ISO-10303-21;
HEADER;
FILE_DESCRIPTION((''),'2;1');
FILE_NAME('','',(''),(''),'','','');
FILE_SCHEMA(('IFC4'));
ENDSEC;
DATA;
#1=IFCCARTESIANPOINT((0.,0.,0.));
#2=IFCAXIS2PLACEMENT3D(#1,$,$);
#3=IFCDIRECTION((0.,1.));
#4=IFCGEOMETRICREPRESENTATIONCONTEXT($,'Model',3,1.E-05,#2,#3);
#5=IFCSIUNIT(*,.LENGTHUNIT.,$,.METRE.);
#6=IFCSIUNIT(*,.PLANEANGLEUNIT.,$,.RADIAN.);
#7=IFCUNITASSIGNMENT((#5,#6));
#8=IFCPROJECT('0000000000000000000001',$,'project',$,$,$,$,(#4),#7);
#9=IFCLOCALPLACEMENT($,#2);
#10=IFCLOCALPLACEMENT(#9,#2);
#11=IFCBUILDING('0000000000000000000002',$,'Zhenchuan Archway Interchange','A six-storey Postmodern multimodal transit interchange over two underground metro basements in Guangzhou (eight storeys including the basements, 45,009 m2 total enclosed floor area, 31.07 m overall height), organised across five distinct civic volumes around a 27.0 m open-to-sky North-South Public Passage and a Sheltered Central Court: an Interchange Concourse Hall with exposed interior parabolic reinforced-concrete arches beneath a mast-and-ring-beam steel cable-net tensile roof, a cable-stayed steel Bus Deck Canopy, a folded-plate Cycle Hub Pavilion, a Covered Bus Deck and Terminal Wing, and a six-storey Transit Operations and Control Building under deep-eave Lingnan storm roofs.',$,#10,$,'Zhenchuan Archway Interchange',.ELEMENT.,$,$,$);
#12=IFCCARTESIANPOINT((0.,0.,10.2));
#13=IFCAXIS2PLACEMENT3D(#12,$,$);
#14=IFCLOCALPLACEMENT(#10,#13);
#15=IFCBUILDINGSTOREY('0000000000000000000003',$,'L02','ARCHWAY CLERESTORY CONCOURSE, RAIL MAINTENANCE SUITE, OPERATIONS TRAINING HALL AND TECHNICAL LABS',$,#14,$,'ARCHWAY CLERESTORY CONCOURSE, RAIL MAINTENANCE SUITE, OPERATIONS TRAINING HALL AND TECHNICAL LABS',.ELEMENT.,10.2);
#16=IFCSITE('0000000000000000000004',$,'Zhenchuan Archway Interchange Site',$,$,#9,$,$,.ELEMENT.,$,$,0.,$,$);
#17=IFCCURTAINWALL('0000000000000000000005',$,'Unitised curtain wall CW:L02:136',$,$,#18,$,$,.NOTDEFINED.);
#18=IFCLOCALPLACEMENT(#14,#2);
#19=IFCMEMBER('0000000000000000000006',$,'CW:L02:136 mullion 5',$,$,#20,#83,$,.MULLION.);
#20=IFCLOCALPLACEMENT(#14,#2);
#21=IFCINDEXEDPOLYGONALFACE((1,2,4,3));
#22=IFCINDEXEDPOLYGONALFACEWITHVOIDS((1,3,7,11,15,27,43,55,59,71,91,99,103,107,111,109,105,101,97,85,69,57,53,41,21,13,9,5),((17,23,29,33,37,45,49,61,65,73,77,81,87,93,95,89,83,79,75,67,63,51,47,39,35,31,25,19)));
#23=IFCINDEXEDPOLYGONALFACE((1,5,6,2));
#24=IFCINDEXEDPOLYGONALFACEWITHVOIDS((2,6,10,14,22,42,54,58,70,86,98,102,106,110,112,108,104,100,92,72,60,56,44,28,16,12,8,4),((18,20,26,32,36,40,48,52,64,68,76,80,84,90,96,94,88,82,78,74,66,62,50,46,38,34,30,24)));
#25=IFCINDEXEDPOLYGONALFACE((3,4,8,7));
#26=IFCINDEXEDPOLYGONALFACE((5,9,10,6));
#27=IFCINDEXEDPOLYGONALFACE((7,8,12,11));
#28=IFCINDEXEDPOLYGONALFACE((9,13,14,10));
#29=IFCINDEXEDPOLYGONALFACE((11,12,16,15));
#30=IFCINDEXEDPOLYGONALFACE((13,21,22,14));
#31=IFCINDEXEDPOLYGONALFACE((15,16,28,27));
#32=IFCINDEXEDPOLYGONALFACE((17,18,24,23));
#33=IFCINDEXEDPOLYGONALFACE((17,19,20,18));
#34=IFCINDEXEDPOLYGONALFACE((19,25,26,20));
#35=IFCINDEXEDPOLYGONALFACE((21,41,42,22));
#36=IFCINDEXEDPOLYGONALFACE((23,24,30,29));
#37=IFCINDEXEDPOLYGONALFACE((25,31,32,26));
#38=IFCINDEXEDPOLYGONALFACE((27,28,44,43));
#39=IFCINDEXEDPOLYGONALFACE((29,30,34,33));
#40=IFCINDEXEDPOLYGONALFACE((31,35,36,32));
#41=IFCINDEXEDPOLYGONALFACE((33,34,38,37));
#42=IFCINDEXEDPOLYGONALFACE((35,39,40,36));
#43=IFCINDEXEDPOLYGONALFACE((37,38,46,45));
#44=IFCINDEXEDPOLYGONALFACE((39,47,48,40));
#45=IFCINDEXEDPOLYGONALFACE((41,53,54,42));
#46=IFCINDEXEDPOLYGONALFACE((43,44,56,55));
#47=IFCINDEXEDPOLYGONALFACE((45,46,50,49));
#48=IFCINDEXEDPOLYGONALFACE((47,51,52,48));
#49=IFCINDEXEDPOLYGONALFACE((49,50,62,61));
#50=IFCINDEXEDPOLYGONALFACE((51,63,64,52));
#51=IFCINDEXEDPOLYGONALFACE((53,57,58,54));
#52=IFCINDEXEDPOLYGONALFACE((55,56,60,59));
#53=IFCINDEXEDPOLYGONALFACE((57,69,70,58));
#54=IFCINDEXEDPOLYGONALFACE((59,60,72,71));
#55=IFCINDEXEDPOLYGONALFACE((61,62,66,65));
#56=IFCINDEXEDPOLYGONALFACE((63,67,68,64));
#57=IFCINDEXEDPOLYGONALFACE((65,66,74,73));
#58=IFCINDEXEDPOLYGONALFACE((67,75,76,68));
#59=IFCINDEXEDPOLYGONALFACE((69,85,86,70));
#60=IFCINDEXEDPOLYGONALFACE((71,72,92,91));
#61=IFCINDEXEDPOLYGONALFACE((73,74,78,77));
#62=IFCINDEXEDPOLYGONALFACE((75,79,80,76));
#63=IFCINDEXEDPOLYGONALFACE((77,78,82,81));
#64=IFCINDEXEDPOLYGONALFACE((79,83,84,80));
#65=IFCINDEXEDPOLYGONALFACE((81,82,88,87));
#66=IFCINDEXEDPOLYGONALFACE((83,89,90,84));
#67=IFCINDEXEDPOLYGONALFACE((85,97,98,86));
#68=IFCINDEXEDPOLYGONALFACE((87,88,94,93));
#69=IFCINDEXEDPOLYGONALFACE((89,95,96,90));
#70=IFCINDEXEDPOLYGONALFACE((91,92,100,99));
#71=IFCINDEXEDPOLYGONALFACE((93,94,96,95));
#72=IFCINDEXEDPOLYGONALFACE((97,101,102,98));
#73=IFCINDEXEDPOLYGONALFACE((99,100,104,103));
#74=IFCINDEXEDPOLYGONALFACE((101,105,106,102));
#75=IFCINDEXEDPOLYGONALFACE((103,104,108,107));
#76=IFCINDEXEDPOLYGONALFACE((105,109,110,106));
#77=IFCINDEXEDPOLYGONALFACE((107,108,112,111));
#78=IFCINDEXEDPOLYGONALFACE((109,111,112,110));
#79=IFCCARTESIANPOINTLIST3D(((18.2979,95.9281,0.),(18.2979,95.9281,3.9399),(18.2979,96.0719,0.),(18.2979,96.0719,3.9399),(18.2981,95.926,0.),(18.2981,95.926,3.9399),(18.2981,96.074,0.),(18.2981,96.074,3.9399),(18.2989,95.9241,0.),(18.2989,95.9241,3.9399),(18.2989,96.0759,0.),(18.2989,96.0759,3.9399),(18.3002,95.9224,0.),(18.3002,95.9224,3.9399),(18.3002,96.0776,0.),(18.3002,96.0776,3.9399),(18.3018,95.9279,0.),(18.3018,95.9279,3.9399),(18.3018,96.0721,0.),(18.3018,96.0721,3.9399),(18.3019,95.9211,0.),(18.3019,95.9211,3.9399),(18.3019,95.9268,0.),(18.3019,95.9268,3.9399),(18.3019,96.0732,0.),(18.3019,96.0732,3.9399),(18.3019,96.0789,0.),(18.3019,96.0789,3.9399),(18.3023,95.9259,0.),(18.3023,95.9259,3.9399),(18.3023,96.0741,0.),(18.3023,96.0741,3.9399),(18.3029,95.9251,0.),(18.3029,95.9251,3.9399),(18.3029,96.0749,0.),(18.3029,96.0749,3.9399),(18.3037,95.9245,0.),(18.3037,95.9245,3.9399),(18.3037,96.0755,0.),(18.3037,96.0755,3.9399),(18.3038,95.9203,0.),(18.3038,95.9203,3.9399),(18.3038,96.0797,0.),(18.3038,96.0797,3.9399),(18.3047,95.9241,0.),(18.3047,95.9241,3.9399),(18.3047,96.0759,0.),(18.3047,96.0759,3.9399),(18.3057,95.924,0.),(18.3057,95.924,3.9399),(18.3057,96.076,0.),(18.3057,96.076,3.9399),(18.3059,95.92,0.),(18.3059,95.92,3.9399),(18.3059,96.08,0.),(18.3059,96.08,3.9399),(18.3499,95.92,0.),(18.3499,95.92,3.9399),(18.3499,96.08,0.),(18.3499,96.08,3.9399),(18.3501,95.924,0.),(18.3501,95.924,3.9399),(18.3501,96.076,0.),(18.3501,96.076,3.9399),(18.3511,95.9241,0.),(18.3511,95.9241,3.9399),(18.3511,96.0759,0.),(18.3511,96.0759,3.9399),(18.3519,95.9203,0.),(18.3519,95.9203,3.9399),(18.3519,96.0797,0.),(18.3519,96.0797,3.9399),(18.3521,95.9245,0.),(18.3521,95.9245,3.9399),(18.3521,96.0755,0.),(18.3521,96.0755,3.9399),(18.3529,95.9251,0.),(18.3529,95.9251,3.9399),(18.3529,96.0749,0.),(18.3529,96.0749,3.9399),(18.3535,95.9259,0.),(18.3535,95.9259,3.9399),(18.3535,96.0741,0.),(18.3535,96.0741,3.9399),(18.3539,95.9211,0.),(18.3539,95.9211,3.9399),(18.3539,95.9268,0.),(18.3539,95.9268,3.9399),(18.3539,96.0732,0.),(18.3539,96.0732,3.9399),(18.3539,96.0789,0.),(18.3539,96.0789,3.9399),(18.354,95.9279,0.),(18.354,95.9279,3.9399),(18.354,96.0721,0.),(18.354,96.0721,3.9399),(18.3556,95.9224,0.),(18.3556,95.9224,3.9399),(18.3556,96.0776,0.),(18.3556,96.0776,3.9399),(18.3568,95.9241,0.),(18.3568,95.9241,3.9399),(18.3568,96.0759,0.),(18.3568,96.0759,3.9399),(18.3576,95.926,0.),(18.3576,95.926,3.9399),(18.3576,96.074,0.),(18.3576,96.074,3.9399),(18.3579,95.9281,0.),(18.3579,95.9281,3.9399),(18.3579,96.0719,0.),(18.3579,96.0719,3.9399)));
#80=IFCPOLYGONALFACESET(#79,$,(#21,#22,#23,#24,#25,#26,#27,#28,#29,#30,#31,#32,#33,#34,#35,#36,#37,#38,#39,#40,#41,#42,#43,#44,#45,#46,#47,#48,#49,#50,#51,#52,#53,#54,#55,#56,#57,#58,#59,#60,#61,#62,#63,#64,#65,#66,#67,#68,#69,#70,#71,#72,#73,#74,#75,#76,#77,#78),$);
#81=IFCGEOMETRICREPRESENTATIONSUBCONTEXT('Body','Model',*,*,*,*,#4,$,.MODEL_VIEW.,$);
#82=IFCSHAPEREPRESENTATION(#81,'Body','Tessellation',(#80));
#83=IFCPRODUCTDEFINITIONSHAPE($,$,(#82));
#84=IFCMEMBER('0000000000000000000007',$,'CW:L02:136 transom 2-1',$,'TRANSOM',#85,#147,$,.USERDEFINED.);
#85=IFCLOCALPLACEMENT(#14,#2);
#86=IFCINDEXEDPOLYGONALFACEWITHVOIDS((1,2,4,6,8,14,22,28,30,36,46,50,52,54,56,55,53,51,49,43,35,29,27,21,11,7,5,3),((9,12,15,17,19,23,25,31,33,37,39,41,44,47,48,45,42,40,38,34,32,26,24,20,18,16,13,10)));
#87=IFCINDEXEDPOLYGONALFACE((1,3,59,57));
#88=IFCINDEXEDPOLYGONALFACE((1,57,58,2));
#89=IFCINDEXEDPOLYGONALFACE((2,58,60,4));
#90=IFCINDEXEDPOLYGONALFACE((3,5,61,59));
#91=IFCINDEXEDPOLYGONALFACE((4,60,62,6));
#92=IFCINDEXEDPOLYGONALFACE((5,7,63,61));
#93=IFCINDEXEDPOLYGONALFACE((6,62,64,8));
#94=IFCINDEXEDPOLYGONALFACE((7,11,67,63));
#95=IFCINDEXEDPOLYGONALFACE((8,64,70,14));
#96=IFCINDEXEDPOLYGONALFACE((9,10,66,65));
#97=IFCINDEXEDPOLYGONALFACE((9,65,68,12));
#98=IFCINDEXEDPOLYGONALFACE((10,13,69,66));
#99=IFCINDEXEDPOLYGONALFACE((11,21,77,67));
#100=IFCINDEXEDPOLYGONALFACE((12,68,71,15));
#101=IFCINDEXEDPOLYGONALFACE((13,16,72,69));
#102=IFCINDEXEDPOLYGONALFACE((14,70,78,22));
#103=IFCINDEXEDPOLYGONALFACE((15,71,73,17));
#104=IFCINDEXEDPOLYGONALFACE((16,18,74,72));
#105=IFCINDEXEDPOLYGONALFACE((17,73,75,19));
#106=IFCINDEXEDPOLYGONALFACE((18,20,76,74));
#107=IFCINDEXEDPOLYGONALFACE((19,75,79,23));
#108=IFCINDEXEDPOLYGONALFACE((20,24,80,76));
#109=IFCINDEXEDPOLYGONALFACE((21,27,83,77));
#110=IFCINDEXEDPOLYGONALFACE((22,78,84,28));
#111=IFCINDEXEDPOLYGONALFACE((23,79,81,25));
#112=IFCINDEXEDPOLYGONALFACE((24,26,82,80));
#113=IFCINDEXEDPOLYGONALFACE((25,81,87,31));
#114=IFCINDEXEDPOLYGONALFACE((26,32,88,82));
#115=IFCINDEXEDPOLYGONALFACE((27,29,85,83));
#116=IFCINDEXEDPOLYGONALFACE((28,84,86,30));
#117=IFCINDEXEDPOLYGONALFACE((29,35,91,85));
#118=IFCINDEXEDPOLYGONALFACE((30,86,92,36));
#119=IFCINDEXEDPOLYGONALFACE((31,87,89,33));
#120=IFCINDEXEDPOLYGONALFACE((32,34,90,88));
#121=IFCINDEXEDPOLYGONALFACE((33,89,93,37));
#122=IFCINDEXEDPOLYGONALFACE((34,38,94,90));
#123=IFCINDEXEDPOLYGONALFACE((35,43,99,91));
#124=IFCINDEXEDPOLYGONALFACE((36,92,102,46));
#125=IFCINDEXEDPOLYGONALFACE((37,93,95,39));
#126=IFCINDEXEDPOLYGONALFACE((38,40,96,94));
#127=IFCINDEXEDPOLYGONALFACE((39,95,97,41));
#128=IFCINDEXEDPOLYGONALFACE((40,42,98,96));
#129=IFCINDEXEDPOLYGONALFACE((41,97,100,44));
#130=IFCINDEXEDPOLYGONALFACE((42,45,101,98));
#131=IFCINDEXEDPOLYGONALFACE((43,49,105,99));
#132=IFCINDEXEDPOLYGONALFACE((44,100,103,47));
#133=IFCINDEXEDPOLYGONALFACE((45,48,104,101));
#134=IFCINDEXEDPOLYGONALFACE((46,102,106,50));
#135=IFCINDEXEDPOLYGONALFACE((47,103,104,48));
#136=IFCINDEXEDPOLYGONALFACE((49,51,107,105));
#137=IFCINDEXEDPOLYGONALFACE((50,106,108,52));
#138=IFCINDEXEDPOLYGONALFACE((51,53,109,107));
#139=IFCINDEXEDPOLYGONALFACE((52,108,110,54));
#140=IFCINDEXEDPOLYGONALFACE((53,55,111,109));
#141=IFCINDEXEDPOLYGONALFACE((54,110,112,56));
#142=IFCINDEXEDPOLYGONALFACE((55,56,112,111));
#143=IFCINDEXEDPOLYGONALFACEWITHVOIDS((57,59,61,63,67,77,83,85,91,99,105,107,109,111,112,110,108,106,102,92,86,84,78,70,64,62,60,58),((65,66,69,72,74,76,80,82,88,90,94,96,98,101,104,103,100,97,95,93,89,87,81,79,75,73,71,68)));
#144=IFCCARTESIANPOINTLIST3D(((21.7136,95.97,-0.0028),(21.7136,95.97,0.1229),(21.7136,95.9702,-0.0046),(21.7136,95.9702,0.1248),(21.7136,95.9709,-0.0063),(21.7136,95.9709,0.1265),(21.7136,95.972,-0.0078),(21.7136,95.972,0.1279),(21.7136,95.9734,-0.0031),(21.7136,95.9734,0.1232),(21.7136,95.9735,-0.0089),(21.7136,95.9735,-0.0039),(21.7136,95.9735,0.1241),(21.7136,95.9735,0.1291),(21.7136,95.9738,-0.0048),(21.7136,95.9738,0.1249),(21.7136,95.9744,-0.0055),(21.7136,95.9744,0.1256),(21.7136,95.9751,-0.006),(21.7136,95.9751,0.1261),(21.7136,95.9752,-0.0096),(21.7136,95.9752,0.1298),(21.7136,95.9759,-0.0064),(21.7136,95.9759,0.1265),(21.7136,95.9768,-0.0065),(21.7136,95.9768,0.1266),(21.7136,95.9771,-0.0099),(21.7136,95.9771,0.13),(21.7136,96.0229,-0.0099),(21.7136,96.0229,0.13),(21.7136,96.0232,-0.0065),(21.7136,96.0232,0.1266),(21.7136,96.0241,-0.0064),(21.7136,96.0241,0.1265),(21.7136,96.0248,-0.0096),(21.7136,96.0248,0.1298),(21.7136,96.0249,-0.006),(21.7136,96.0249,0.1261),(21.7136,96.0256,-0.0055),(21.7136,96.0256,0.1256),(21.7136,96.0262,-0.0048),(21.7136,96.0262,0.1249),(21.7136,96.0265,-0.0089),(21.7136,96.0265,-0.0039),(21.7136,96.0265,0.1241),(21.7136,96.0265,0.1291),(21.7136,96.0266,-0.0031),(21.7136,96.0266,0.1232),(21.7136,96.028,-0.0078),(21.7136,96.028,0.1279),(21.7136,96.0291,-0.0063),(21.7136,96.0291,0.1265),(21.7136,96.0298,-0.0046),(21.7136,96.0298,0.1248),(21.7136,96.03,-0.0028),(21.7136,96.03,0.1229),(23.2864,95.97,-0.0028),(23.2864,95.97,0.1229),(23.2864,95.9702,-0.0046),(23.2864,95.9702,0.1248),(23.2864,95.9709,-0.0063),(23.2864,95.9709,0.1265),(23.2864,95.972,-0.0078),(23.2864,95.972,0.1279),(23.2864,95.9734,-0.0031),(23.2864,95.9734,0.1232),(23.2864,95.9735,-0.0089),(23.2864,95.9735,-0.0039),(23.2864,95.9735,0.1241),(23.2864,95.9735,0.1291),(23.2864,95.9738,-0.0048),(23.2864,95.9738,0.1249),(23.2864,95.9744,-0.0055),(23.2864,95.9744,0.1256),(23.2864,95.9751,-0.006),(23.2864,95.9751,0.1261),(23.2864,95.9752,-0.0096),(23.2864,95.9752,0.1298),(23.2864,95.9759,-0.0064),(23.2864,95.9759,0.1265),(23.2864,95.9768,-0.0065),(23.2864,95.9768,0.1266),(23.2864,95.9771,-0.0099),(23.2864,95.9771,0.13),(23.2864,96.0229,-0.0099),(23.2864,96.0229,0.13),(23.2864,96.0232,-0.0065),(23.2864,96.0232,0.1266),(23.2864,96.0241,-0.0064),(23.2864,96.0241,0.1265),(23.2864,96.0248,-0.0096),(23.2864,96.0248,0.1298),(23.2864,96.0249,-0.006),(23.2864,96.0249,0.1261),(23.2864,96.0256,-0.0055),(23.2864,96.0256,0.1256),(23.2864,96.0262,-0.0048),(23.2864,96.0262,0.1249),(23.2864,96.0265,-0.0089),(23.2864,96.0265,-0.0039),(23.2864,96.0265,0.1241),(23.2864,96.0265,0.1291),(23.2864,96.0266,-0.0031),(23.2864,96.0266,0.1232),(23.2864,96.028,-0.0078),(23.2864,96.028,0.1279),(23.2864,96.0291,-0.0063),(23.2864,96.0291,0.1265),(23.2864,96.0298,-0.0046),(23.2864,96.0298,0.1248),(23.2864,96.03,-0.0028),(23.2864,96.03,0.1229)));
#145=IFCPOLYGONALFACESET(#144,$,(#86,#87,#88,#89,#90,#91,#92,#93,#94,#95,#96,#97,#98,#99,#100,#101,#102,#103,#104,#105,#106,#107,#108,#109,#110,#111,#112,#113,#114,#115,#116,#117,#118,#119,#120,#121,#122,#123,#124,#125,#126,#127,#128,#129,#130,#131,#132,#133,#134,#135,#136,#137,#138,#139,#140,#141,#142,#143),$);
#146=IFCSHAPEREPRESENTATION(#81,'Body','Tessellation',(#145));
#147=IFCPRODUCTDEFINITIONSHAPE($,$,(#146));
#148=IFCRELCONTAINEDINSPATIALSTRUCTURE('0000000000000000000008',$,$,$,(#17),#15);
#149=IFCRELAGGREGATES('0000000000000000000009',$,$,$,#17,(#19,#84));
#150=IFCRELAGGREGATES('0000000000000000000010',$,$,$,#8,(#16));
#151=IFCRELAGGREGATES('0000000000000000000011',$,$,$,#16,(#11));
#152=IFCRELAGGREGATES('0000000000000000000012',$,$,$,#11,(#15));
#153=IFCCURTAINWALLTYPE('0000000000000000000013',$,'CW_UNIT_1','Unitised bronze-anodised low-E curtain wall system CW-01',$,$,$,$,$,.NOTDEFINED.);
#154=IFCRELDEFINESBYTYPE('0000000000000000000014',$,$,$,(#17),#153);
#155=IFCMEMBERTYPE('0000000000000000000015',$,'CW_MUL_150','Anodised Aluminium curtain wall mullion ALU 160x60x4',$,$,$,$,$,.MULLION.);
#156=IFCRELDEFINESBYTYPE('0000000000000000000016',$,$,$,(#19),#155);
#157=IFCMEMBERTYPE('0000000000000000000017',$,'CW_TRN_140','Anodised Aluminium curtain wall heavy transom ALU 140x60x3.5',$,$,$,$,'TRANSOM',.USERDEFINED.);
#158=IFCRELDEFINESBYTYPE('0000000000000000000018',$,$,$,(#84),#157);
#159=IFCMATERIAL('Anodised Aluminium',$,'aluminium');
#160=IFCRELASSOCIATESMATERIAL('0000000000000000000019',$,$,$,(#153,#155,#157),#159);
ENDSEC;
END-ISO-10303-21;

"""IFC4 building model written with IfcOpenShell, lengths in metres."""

from ifc_helpers import new_model, si_unit, direction, frame, origin, origin_2d, place, context, subcontext, project, spatial, hollow_rectangle, extrude, material, material_profile, profile_set, type_object, element, aggregate, save


model = new_model("IFC4")

# Units and contexts
model_context = context("Model", 3, precision=1e-05, world=origin(), true_north=direction((0.0, 1.0)))
body_context = subcontext(model_context, "Body", "Model", "MODEL_VIEW")
ifc_project = project(units=[si_unit("LENGTHUNIT", "METRE"), si_unit("PLANEANGLEUNIT", "RADIAN")], contexts=[model_context])

# Site, building, storey
site_placement = place(None, origin())
site = spatial("IfcSite", under=ifc_project, at=site_placement, Name="Zhenchuan Archway Interchange Site", CompositionType="ELEMENT", RefElevation=0.0)
building_placement = place(site_placement, origin())
building = spatial("IfcBuilding", under=site, at=building_placement, Name="Zhenchuan Archway Interchange", Description="A six-storey Postmodern multimodal transit interchange over two underground metro basements in Guangzhou (eight storeys including the basements, 45,009 m2 total enclosed floor area, 31.07 m overall height), organised across five distinct civic volumes around a 27.0 m open-to-sky North-South Public Passage and a Sheltered Central Court: an Interchange Concourse Hall with exposed interior parabolic reinforced-concrete arches beneath a mast-and-ring-beam steel cable-net tensile roof, a cable-stayed steel Bus Deck Canopy, a folded-plate Cycle Hub Pavilion, a Covered Bus Deck and Terminal Wing, and a six-storey Transit Operations and Control Building under deep-eave Lingnan storm roofs.", LongName="Zhenchuan Archway Interchange", CompositionType="ELEMENT")
storey_placement = place(building_placement, frame((0.0, 0.0, 10.2)))
storey = spatial("IfcBuildingStorey", under=building, at=storey_placement, Name="L02", Description="ARCHWAY CLERESTORY CONCOURSE, RAIL MAINTENANCE SUITE, OPERATIONS TRAINING HALL AND TECHNICAL LABS", LongName="ARCHWAY CLERESTORY CONCOURSE, RAIL MAINTENANCE SUITE, OPERATIONS TRAINING HALL AND TECHNICAL LABS", CompositionType="ELEMENT", Elevation=10.2)

# Curtain wall, members
ifc_material_1 = material(Name="Anodised Aluminium", Category="aluminium")
curtain_wall_type = type_object("IfcCurtainWallType", Name="CW_UNIT_1", Description="Unitised bronze-anodised low-E curtain wall system CW-01", PredefinedType="NOTDEFINED", material=ifc_material_1)
curtain_wall_placement = place(storey_placement, origin())
curtain_wall = element("IfcCurtainWall", 1, at=curtain_wall_placement, inside=storey, type_object=curtain_wall_type, Name="Unitised curtain wall CW:L02:136", PredefinedType="NOTDEFINED")
ifc_material_profile_1 = material_profile(ifc_material_1, hollow_rectangle(XDim=0.0601, YDim=0.1599, WallThickness=0.0039, InnerFilletRadius=0.0039, OuterFilletRadius=0.0081, at=origin_2d()), Name="ALU 160x60x4")
ifc_profile_set_1 = profile_set([ifc_material_profile_1], Name="Anodised Aluminium")
member_type_1 = type_object("IfcMemberType", Name="CW_MUL_150", Description="Anodised Aluminium curtain wall mullion ALU 160x60x4", PredefinedType="MULLION", material=ifc_profile_set_1)
member_1_placement = place(storey_placement, frame((18.3279, 96.0, 0.0), z_axis=(0.0, 0.0, 1.0), x_axis=(1.0, 0.0, 0.0)))
member_1 = element("IfcMember", 2, at=member_1_placement, type_object=member_type_1, Name="CW:L02:136 mullion 5", PredefinedType="MULLION", context=body_context, shape_type="SweptSolid", body=[
    extrude(hollow_rectangle(XDim=0.0601, YDim=0.1599, WallThickness=0.0039, InnerFilletRadius=0.0039, OuterFilletRadius=0.0081, at=origin_2d()), origin(), (0.0, 0.0, 1.0), 3.9399),
])
ifc_material_profile_2 = material_profile(ifc_material_1, hollow_rectangle(XDim=0.0601, YDim=0.1399, WallThickness=0.0034, InnerFilletRadius=0.0034, OuterFilletRadius=0.0071, at=origin_2d()), Name="ALU 140x60x3.5")
ifc_profile_set_2 = profile_set([ifc_material_profile_2], Name="Anodised Aluminium")
member_type_2 = type_object("IfcMemberType", Name="CW_TRN_140", Description="Anodised Aluminium curtain wall heavy transom ALU 140x60x3.5", ElementType="TRANSOM", PredefinedType="USERDEFINED", material=ifc_profile_set_2)
member_2_placement = place(storey_placement, frame((23.2864, 96.0, 0.0601), z_axis=(-1.0, 0.0, 0.0), x_axis=(0.0, -1.0, 0.0)))
member_2 = element("IfcMember", 3, at=member_2_placement, type_object=member_type_2, Name="CW:L02:136 transom 2-1", ObjectType="TRANSOM", PredefinedType="USERDEFINED", context=body_context, shape_type="SweptSolid", body=[
    extrude(hollow_rectangle(XDim=0.0601, YDim=0.1399, WallThickness=0.0034, InnerFilletRadius=0.0034, OuterFilletRadius=0.0071, at=origin_2d()), origin(), (0.0, 0.0, 1.0), 1.5728),
])

aggregate(curtain_wall, [member_1, member_2])

save(model, "model.ifc")
